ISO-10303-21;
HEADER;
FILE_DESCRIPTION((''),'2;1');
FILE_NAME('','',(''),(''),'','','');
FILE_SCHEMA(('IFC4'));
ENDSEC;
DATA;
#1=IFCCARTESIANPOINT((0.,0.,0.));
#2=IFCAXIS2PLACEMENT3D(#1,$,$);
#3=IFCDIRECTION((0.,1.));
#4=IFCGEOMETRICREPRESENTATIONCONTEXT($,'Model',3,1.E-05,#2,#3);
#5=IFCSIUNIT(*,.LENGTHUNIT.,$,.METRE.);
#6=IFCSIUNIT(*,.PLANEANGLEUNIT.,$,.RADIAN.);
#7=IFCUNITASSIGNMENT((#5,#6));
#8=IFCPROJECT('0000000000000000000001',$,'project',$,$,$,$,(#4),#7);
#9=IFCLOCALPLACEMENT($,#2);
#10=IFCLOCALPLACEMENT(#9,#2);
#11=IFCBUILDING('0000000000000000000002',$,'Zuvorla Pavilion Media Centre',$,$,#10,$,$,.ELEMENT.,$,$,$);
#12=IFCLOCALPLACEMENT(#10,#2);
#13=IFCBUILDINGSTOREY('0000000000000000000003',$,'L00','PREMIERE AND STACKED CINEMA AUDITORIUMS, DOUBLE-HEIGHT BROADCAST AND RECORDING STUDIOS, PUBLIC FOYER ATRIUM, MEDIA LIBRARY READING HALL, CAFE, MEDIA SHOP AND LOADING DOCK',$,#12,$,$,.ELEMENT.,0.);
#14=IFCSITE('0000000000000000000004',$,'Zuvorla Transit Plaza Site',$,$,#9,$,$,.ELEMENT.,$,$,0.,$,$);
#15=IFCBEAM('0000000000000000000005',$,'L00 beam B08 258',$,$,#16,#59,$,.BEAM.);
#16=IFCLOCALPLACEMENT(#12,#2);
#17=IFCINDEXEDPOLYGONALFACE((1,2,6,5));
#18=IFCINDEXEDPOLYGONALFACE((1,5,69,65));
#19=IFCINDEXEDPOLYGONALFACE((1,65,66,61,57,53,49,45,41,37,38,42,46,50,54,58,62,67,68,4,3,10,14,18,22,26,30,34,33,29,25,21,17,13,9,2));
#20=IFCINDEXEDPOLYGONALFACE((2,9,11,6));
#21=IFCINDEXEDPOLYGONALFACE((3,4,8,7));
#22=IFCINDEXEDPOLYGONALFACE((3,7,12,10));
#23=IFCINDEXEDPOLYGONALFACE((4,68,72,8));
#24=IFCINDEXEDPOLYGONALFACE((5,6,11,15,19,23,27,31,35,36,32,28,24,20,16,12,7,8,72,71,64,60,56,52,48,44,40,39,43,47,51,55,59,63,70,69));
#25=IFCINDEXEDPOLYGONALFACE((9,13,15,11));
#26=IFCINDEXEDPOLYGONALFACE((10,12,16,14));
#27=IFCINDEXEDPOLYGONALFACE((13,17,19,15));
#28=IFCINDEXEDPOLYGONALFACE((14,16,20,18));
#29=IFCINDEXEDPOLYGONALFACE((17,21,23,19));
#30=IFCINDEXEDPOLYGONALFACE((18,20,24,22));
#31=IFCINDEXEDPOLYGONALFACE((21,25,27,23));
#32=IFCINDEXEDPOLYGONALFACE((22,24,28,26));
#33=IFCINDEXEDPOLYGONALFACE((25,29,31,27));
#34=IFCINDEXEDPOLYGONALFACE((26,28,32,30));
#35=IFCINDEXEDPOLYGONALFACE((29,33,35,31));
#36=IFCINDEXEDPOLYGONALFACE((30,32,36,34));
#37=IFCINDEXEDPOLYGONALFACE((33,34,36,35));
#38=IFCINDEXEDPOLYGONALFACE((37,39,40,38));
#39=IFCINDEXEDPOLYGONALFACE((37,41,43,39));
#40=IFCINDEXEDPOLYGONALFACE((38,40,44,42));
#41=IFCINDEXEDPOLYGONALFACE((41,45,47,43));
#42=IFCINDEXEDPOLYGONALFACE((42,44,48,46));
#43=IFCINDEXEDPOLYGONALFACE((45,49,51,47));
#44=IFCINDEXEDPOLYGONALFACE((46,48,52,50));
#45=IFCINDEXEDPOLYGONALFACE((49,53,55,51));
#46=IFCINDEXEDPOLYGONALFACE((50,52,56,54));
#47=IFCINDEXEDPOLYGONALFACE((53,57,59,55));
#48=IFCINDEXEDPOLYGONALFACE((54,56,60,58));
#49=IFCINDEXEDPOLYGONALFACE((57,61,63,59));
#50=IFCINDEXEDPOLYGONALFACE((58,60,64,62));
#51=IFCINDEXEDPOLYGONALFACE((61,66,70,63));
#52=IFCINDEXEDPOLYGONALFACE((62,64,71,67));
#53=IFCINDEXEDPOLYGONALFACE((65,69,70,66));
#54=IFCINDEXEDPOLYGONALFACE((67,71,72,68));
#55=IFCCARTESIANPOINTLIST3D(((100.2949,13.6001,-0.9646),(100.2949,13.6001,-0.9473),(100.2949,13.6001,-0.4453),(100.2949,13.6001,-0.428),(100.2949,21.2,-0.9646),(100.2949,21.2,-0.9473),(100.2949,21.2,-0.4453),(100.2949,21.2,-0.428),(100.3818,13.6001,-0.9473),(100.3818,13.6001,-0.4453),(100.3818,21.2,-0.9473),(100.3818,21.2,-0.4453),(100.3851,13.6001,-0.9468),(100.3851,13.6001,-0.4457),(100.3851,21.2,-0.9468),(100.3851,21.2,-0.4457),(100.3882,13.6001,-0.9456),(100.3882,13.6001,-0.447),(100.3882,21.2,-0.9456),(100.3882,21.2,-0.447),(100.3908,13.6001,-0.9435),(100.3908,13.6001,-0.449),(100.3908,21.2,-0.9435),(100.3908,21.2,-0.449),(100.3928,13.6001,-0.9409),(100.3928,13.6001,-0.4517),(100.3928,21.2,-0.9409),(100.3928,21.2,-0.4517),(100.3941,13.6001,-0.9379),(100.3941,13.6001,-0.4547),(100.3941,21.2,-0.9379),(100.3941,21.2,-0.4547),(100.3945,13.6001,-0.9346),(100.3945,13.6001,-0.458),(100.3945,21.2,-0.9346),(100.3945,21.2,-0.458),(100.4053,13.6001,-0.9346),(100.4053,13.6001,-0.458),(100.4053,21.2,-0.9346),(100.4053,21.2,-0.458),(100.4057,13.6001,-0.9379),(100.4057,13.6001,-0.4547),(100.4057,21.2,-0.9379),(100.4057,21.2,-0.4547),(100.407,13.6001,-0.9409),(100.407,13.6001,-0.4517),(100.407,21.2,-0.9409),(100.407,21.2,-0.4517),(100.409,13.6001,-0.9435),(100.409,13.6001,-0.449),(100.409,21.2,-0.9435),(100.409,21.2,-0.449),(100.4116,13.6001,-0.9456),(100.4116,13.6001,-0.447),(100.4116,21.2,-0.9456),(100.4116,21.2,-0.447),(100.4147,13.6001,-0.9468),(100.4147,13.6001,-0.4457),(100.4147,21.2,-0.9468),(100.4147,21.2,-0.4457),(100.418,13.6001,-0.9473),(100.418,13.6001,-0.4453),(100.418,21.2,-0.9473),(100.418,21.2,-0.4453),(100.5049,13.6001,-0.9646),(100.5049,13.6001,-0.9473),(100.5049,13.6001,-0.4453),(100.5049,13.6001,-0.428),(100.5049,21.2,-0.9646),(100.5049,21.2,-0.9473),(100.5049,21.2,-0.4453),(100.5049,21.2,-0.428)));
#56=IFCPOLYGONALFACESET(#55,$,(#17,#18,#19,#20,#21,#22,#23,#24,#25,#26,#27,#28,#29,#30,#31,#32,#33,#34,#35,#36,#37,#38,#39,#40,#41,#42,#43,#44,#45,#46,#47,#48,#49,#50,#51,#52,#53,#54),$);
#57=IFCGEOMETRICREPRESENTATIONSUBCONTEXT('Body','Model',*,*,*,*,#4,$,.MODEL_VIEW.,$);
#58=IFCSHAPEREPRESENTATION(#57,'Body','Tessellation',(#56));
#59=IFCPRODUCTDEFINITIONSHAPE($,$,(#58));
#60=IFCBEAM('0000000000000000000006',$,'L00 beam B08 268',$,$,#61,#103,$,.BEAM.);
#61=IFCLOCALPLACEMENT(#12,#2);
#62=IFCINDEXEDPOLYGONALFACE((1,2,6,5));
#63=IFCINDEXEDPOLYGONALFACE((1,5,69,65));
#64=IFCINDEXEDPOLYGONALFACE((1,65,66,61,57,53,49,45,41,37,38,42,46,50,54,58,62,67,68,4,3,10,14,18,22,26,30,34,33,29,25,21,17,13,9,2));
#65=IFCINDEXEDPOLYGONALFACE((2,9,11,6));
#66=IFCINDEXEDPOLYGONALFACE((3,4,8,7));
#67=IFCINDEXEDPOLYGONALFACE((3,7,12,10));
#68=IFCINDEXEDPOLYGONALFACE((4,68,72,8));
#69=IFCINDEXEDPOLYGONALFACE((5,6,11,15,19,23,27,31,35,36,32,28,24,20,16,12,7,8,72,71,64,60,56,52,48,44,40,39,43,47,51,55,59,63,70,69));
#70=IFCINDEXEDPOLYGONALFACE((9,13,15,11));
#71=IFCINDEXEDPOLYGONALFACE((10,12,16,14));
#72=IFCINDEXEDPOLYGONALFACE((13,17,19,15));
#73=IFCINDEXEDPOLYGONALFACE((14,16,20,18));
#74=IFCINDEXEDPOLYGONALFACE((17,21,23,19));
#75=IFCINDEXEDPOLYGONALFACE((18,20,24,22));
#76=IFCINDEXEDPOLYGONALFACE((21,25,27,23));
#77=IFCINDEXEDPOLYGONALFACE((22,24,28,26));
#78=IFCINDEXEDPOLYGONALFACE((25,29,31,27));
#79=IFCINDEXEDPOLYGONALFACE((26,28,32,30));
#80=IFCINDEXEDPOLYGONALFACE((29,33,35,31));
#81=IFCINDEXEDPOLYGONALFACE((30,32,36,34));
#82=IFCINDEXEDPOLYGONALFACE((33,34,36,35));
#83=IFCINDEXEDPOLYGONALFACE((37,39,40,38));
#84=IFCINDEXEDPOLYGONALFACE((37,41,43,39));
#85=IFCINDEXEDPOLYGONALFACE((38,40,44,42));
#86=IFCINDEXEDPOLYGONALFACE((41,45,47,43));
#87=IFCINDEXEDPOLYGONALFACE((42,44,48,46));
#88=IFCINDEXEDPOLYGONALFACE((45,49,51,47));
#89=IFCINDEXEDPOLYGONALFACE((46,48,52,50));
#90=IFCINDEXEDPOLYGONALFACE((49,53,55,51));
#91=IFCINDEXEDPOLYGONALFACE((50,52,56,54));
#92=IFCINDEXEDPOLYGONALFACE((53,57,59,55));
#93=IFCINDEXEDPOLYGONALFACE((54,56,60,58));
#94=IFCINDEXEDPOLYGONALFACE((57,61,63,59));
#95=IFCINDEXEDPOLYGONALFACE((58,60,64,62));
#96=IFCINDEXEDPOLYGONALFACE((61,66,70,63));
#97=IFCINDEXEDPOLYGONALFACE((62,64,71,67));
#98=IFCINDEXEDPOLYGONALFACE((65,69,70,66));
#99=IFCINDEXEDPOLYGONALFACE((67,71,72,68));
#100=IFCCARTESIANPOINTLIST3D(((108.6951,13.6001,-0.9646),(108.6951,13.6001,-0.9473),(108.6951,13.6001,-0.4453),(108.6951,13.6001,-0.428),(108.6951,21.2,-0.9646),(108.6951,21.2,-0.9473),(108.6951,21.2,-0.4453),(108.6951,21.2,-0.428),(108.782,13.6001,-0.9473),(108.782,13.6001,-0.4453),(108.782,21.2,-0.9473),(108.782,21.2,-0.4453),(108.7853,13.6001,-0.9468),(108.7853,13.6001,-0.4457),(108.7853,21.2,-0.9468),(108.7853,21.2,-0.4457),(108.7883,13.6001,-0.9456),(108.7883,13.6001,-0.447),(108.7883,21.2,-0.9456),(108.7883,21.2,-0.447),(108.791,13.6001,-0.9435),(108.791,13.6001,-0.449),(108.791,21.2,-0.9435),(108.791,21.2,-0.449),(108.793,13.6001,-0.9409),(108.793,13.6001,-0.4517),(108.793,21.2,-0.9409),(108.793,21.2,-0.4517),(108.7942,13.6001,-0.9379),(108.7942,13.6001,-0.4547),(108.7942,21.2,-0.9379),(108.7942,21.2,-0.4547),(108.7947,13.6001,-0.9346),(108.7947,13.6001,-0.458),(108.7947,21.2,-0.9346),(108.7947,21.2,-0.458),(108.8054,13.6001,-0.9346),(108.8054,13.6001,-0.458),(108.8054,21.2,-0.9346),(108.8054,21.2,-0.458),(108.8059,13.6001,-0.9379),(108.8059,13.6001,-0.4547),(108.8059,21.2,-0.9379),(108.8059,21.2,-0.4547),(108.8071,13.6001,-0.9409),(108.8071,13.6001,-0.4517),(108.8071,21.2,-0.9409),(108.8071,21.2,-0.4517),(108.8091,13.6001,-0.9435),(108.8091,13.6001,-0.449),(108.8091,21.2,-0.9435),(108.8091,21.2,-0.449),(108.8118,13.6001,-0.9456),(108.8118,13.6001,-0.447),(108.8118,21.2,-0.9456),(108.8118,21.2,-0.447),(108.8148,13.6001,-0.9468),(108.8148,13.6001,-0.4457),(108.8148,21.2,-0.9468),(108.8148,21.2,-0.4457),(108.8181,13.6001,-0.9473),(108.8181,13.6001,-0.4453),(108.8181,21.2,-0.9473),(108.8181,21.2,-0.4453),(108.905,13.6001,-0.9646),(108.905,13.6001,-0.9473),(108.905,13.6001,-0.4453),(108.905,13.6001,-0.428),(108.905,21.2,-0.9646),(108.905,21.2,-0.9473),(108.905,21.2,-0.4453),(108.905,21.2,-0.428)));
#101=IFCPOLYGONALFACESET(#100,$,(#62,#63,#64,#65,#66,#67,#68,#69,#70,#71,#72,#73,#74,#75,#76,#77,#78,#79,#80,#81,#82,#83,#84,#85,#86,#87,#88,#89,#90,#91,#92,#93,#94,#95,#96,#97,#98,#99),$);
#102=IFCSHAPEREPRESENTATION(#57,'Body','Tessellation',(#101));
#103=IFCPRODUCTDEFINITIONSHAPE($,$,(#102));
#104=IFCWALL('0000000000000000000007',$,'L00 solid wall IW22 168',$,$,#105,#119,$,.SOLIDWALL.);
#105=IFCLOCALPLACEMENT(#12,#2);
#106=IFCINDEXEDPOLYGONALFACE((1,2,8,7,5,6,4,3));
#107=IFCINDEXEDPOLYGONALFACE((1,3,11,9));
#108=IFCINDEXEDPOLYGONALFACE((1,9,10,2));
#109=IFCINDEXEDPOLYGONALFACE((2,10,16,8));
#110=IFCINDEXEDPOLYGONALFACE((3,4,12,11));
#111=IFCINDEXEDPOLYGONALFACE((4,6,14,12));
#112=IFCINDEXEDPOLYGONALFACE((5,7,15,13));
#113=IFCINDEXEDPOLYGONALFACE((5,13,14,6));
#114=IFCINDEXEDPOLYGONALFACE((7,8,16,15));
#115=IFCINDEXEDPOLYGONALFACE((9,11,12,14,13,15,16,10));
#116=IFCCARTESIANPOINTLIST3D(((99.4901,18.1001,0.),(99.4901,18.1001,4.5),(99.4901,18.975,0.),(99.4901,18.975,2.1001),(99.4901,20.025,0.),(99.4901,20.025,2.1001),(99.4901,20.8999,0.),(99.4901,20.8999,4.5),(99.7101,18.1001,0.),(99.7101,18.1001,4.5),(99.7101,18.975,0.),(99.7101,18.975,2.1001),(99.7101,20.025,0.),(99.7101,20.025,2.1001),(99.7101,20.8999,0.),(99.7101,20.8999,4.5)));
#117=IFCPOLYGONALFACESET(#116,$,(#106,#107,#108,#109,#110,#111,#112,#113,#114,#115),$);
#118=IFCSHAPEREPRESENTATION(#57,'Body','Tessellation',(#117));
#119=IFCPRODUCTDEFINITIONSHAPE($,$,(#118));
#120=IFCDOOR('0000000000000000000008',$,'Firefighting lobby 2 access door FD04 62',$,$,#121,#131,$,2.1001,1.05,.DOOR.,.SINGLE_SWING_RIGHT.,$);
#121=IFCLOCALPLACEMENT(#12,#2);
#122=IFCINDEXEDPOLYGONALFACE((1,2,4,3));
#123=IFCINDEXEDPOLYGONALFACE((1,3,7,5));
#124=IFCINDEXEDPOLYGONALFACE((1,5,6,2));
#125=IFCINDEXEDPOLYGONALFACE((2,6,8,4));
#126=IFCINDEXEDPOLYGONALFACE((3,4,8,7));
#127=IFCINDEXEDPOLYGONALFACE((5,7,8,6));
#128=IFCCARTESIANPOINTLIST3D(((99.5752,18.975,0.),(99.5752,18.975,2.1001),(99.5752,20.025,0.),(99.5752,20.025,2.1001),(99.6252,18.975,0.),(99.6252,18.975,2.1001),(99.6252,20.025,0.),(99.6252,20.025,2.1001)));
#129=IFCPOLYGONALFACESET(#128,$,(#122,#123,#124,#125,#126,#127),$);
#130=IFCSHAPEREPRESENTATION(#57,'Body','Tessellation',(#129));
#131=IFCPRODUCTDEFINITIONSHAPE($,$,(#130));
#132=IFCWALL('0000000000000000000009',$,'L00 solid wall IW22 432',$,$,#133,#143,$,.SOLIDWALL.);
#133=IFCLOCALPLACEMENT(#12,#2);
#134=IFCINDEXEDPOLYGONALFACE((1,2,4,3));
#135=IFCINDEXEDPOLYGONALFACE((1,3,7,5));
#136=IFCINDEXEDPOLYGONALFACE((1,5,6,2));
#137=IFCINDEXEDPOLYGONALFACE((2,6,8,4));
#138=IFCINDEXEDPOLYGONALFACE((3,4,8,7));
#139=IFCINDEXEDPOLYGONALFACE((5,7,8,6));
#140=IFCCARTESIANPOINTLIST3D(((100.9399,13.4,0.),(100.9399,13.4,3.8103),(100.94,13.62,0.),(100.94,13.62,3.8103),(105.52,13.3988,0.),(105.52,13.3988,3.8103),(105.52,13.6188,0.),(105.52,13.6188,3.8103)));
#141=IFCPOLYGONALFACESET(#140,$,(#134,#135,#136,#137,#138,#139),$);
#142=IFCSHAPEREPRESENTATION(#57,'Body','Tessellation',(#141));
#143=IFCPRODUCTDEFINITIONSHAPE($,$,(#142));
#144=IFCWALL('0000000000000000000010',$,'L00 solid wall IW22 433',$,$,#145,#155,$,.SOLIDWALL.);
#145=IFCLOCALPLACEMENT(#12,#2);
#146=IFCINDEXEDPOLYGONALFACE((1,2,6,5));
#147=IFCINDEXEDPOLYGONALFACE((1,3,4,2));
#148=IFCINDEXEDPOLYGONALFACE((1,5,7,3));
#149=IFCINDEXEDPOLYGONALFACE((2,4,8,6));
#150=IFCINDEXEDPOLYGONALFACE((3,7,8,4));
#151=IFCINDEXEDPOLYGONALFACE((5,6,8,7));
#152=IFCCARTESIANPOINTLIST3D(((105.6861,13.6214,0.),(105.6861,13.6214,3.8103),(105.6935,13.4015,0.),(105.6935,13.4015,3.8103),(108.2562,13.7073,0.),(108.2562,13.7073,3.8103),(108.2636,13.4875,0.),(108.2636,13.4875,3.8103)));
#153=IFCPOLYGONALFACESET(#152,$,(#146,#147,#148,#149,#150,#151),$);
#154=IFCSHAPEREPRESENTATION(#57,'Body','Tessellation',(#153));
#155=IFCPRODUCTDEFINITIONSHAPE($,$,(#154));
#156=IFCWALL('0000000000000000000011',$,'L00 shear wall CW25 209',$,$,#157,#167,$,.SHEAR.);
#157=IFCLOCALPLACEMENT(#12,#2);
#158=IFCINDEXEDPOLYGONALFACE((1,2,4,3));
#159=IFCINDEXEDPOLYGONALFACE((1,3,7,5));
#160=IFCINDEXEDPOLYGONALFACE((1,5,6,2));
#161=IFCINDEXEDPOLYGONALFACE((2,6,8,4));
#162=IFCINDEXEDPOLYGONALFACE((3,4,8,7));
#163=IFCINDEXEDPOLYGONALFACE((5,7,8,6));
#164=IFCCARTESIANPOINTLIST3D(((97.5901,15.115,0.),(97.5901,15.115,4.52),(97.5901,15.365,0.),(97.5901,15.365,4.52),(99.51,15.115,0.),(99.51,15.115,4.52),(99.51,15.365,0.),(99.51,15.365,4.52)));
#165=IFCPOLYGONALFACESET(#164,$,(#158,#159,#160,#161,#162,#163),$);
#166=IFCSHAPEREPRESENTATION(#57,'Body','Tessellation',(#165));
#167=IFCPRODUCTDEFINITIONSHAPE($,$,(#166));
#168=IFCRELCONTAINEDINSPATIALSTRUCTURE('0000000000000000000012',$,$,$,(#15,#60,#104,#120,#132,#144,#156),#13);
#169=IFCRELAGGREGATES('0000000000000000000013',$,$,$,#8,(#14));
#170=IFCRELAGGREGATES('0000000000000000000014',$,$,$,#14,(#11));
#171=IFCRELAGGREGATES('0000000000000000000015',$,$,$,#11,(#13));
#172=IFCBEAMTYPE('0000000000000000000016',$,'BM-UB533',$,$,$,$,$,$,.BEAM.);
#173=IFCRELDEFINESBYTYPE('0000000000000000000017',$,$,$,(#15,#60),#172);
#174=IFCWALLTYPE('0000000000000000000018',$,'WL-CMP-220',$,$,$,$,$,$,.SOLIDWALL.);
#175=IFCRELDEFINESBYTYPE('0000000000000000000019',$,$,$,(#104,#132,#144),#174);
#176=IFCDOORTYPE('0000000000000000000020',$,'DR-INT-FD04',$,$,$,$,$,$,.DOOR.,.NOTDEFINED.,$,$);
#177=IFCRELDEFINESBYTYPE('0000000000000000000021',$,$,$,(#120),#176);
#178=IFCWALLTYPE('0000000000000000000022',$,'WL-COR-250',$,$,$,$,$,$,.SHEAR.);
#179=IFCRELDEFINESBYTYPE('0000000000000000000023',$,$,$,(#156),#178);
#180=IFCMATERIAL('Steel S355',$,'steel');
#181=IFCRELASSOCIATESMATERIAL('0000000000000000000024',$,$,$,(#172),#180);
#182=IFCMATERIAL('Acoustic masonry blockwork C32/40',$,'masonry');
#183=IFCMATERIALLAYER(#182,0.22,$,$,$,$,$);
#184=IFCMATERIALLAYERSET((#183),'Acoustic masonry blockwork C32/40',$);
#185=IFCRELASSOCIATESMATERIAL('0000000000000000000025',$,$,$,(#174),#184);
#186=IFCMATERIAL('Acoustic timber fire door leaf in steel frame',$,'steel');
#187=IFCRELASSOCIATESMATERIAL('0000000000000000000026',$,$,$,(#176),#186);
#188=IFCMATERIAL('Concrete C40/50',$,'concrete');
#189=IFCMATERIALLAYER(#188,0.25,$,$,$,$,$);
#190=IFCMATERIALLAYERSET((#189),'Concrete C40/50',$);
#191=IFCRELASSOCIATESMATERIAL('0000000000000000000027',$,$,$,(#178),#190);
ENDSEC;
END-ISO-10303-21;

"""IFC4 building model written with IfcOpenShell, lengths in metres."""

from ifc_helpers import new_model, si_unit, direction, frame, frame_2d, origin, origin_2d, place, context, subcontext, project, spatial, rectangle, i_section, extrude, material, layer, layer_set, material_profile, profile_set, type_object, element, fill, save


model = new_model("IFC4")

# Units and contexts
model_context = context("Model", 3, precision=1e-05, world=origin(), true_north=direction((0.0, 1.0)))
body_context = subcontext(model_context, "Body", "Model", "MODEL_VIEW")
ifc_project = project(units=[si_unit("LENGTHUNIT", "METRE"), si_unit("PLANEANGLEUNIT", "RADIAN")], contexts=[model_context])

# Site, building, storey
site_placement = place(None, origin())
site = spatial("IfcSite", under=ifc_project, at=site_placement, Name="Zuvorla Transit Plaza Site", CompositionType="ELEMENT", RefElevation=0.0)
building_placement = place(site_placement, origin())
building = spatial("IfcBuilding", under=site, at=building_placement, Name="Zuvorla Pavilion Media Centre", CompositionType="ELEMENT")
storey_placement = place(building_placement, origin())
storey = spatial("IfcBuildingStorey", under=building, at=storey_placement, Name="L00", Description="PREMIERE AND STACKED CINEMA AUDITORIUMS, DOUBLE-HEIGHT BROADCAST AND RECORDING STUDIOS, PUBLIC FOYER ATRIUM, MEDIA LIBRARY READING HALL, CAFE, MEDIA SHOP AND LOADING DOCK", CompositionType="ELEMENT", Elevation=0.0)

# Shared definitions
ifc_material_1 = material(Name="Concrete C40/50", Category="concrete")

# Beams
ifc_material_2 = material(Name="Steel S355", Category="steel")
ifc_material_profile_1 = material_profile(ifc_material_2, i_section(OverallWidth=0.21, OverallDepth=0.5366, WebThickness=0.0107, FlangeThickness=0.0173, FilletRadius=0.0127, at=origin_2d()), Name="UB 533x210x101")
ifc_profile_set_1 = profile_set([ifc_material_profile_1], Name="Steel S355")
beam_type_1 = type_object("IfcBeamType", Name="BM-UB533", PredefinedType="BEAM", material=ifc_profile_set_1)
for number, where, z_axis, x_axis, name in (
    (1, (100.3999, 13.6001, -0.6963), (0.0, 1.0, 0.0), (-1.0, 0.0, 0.0), "L00 beam B08 258"),
    (2, (108.8, 13.6001, -0.6963), (0.0, 1.0, 0.0), (-1.0, 0.0, 0.0), "L00 beam B08 268"),
):
    element("IfcBeam", number, at=place(storey_placement, frame(where, z_axis=z_axis, x_axis=x_axis)), inside=storey, type_object=beam_type_1, Name=name, PredefinedType="BEAM", context=body_context, shape_type="SweptSolid", body=[
        extrude(i_section(OverallWidth=0.21, OverallDepth=0.5366, WebThickness=0.0107, FlangeThickness=0.0173, FilletRadius=0.0127, at=origin_2d()), origin(), (0.0, 0.0, 1.0), 7.5999),
    ])

# Wall, opening, door
ifc_material_3 = material(Name="Acoustic masonry blockwork C32/40", Category="masonry")
ifc_layer_1 = layer(ifc_material_3, 0.22)
ifc_layer_set_1 = layer_set([ifc_layer_1], Name="Acoustic masonry blockwork C32/40")
wall_type_1 = type_object("IfcWallType", Name="WL-CMP-220", PredefinedType="SOLIDWALL", material=ifc_layer_set_1)
wall_1_placement = place(storey_placement, frame((99.6001, 18.1001, 0.0), z_axis=(0.0, 0.0, 1.0), x_axis=(0.0, 1.0, 0.0)))
wall_1 = element("IfcWall", 3, at=wall_1_placement, inside=storey, type_object=wall_type_1, Name="L00 solid wall IW22 168", PredefinedType="SOLIDWALL", context=body_context, shape_type="SweptSolid", body=[
    extrude(rectangle(XDim=2.7998, YDim=0.22, at=frame_2d((1.3999, 0.0))), origin(), (0.0, 0.0, 1.0), 4.5),
])
opening_1_placement = place(wall_1_placement, frame((0.875, 0.0, 0.0)))
opening_1 = element("IfcOpeningElement", 4, at=opening_1_placement, cuts=wall_1, PredefinedType="OPENING", context=body_context, shape_type="SweptSolid", body=[
    extrude(rectangle(XDim=1.05, YDim=2.1001, at=frame_2d((0.5249, 1.05))), frame((0.0, 0.1199, 0.0), z_axis=(0.0, -1.0, 0.0), x_axis=(1.0, 0.0, 0.0)), (0.0, 0.0, 1.0), 0.24),
])
ifc_material_4 = material(Name="Acoustic timber fire door leaf in steel frame", Category="steel")
door_type_1 = type_object("IfcDoorType", Name="DR-INT-FD04", OperationType="NOTDEFINED", PredefinedType="DOOR", material=ifc_material_4)
door_1_placement = place(opening_1_placement, origin())
door_1 = element("IfcDoor", 5, at=door_1_placement, inside=storey, type_object=door_type_1, Name="Firefighting lobby 2 access door FD04 62", OperationType="SINGLE_SWING_RIGHT", OverallHeight=2.1001, OverallWidth=1.05, PredefinedType="DOOR", context=body_context, shape_type="SweptSolid", body=[
    extrude(rectangle(XDim=1.05, YDim=2.1001, at=frame_2d((0.5249, 1.05))), frame((0.0, 0.0249, 0.0), z_axis=(0.0, -1.0, 0.0), x_axis=(1.0, 0.0, 0.0)), (0.0, 0.0, 1.0), 0.05),
])
fill(opening_1, door_1)

# Walls
wall_2_placement = place(storey_placement, frame((100.9399, 13.51, 0.0), z_axis=(0.0, 0.0, 1.0), x_axis=(1.0, -0.000267, 0.0)))
element("IfcWall", 6, at=wall_2_placement, inside=storey, type_object=wall_type_1, Name="L00 solid wall IW22 432", PredefinedType="SOLIDWALL", context=body_context, shape_type="SweptSolid", body=[
    extrude(rectangle(XDim=4.5801, YDim=0.22, at=frame_2d((2.29, 0.0))), origin(), (0.0, 0.0, 1.0), 3.8103),
])
wall_3_placement = place(storey_placement, frame((105.6899, 13.5115, 0.0), z_axis=(0.0, 0.0, 1.0), x_axis=(0.999441, 0.033419, 0.0)))
element("IfcWall", 7, at=wall_3_placement, inside=storey, type_object=wall_type_1, Name="L00 solid wall IW22 433", PredefinedType="SOLIDWALL", context=body_context, shape_type="SweptSolid", body=[
    extrude(rectangle(XDim=2.5715, YDim=0.22, at=frame_2d((1.2856, 0.0))), origin(), (0.0, 0.0, 1.0), 3.8103),
])
ifc_layer_2 = layer(ifc_material_1, 0.25)
ifc_layer_set_2 = layer_set([ifc_layer_2], Name="Concrete C40/50")
wall_type_2 = type_object("IfcWallType", Name="WL-COR-250", PredefinedType="SHEAR", material=ifc_layer_set_2)
wall_4_placement = place(storey_placement, frame((97.5901, 15.24, 0.0), z_axis=(0.0, 0.0, 1.0), x_axis=(1.0, 0.0, 0.0)))
element("IfcWall", 8, at=wall_4_placement, inside=storey, type_object=wall_type_2, Name="L00 shear wall CW25 209", PredefinedType="SHEAR", context=body_context, shape_type="SweptSolid", body=[
    extrude(rectangle(XDim=1.9199, YDim=0.25, at=frame_2d((0.96, 0.0))), origin(), (0.0, 0.0, 1.0), 4.52),
])

save(model, "model.ifc")
